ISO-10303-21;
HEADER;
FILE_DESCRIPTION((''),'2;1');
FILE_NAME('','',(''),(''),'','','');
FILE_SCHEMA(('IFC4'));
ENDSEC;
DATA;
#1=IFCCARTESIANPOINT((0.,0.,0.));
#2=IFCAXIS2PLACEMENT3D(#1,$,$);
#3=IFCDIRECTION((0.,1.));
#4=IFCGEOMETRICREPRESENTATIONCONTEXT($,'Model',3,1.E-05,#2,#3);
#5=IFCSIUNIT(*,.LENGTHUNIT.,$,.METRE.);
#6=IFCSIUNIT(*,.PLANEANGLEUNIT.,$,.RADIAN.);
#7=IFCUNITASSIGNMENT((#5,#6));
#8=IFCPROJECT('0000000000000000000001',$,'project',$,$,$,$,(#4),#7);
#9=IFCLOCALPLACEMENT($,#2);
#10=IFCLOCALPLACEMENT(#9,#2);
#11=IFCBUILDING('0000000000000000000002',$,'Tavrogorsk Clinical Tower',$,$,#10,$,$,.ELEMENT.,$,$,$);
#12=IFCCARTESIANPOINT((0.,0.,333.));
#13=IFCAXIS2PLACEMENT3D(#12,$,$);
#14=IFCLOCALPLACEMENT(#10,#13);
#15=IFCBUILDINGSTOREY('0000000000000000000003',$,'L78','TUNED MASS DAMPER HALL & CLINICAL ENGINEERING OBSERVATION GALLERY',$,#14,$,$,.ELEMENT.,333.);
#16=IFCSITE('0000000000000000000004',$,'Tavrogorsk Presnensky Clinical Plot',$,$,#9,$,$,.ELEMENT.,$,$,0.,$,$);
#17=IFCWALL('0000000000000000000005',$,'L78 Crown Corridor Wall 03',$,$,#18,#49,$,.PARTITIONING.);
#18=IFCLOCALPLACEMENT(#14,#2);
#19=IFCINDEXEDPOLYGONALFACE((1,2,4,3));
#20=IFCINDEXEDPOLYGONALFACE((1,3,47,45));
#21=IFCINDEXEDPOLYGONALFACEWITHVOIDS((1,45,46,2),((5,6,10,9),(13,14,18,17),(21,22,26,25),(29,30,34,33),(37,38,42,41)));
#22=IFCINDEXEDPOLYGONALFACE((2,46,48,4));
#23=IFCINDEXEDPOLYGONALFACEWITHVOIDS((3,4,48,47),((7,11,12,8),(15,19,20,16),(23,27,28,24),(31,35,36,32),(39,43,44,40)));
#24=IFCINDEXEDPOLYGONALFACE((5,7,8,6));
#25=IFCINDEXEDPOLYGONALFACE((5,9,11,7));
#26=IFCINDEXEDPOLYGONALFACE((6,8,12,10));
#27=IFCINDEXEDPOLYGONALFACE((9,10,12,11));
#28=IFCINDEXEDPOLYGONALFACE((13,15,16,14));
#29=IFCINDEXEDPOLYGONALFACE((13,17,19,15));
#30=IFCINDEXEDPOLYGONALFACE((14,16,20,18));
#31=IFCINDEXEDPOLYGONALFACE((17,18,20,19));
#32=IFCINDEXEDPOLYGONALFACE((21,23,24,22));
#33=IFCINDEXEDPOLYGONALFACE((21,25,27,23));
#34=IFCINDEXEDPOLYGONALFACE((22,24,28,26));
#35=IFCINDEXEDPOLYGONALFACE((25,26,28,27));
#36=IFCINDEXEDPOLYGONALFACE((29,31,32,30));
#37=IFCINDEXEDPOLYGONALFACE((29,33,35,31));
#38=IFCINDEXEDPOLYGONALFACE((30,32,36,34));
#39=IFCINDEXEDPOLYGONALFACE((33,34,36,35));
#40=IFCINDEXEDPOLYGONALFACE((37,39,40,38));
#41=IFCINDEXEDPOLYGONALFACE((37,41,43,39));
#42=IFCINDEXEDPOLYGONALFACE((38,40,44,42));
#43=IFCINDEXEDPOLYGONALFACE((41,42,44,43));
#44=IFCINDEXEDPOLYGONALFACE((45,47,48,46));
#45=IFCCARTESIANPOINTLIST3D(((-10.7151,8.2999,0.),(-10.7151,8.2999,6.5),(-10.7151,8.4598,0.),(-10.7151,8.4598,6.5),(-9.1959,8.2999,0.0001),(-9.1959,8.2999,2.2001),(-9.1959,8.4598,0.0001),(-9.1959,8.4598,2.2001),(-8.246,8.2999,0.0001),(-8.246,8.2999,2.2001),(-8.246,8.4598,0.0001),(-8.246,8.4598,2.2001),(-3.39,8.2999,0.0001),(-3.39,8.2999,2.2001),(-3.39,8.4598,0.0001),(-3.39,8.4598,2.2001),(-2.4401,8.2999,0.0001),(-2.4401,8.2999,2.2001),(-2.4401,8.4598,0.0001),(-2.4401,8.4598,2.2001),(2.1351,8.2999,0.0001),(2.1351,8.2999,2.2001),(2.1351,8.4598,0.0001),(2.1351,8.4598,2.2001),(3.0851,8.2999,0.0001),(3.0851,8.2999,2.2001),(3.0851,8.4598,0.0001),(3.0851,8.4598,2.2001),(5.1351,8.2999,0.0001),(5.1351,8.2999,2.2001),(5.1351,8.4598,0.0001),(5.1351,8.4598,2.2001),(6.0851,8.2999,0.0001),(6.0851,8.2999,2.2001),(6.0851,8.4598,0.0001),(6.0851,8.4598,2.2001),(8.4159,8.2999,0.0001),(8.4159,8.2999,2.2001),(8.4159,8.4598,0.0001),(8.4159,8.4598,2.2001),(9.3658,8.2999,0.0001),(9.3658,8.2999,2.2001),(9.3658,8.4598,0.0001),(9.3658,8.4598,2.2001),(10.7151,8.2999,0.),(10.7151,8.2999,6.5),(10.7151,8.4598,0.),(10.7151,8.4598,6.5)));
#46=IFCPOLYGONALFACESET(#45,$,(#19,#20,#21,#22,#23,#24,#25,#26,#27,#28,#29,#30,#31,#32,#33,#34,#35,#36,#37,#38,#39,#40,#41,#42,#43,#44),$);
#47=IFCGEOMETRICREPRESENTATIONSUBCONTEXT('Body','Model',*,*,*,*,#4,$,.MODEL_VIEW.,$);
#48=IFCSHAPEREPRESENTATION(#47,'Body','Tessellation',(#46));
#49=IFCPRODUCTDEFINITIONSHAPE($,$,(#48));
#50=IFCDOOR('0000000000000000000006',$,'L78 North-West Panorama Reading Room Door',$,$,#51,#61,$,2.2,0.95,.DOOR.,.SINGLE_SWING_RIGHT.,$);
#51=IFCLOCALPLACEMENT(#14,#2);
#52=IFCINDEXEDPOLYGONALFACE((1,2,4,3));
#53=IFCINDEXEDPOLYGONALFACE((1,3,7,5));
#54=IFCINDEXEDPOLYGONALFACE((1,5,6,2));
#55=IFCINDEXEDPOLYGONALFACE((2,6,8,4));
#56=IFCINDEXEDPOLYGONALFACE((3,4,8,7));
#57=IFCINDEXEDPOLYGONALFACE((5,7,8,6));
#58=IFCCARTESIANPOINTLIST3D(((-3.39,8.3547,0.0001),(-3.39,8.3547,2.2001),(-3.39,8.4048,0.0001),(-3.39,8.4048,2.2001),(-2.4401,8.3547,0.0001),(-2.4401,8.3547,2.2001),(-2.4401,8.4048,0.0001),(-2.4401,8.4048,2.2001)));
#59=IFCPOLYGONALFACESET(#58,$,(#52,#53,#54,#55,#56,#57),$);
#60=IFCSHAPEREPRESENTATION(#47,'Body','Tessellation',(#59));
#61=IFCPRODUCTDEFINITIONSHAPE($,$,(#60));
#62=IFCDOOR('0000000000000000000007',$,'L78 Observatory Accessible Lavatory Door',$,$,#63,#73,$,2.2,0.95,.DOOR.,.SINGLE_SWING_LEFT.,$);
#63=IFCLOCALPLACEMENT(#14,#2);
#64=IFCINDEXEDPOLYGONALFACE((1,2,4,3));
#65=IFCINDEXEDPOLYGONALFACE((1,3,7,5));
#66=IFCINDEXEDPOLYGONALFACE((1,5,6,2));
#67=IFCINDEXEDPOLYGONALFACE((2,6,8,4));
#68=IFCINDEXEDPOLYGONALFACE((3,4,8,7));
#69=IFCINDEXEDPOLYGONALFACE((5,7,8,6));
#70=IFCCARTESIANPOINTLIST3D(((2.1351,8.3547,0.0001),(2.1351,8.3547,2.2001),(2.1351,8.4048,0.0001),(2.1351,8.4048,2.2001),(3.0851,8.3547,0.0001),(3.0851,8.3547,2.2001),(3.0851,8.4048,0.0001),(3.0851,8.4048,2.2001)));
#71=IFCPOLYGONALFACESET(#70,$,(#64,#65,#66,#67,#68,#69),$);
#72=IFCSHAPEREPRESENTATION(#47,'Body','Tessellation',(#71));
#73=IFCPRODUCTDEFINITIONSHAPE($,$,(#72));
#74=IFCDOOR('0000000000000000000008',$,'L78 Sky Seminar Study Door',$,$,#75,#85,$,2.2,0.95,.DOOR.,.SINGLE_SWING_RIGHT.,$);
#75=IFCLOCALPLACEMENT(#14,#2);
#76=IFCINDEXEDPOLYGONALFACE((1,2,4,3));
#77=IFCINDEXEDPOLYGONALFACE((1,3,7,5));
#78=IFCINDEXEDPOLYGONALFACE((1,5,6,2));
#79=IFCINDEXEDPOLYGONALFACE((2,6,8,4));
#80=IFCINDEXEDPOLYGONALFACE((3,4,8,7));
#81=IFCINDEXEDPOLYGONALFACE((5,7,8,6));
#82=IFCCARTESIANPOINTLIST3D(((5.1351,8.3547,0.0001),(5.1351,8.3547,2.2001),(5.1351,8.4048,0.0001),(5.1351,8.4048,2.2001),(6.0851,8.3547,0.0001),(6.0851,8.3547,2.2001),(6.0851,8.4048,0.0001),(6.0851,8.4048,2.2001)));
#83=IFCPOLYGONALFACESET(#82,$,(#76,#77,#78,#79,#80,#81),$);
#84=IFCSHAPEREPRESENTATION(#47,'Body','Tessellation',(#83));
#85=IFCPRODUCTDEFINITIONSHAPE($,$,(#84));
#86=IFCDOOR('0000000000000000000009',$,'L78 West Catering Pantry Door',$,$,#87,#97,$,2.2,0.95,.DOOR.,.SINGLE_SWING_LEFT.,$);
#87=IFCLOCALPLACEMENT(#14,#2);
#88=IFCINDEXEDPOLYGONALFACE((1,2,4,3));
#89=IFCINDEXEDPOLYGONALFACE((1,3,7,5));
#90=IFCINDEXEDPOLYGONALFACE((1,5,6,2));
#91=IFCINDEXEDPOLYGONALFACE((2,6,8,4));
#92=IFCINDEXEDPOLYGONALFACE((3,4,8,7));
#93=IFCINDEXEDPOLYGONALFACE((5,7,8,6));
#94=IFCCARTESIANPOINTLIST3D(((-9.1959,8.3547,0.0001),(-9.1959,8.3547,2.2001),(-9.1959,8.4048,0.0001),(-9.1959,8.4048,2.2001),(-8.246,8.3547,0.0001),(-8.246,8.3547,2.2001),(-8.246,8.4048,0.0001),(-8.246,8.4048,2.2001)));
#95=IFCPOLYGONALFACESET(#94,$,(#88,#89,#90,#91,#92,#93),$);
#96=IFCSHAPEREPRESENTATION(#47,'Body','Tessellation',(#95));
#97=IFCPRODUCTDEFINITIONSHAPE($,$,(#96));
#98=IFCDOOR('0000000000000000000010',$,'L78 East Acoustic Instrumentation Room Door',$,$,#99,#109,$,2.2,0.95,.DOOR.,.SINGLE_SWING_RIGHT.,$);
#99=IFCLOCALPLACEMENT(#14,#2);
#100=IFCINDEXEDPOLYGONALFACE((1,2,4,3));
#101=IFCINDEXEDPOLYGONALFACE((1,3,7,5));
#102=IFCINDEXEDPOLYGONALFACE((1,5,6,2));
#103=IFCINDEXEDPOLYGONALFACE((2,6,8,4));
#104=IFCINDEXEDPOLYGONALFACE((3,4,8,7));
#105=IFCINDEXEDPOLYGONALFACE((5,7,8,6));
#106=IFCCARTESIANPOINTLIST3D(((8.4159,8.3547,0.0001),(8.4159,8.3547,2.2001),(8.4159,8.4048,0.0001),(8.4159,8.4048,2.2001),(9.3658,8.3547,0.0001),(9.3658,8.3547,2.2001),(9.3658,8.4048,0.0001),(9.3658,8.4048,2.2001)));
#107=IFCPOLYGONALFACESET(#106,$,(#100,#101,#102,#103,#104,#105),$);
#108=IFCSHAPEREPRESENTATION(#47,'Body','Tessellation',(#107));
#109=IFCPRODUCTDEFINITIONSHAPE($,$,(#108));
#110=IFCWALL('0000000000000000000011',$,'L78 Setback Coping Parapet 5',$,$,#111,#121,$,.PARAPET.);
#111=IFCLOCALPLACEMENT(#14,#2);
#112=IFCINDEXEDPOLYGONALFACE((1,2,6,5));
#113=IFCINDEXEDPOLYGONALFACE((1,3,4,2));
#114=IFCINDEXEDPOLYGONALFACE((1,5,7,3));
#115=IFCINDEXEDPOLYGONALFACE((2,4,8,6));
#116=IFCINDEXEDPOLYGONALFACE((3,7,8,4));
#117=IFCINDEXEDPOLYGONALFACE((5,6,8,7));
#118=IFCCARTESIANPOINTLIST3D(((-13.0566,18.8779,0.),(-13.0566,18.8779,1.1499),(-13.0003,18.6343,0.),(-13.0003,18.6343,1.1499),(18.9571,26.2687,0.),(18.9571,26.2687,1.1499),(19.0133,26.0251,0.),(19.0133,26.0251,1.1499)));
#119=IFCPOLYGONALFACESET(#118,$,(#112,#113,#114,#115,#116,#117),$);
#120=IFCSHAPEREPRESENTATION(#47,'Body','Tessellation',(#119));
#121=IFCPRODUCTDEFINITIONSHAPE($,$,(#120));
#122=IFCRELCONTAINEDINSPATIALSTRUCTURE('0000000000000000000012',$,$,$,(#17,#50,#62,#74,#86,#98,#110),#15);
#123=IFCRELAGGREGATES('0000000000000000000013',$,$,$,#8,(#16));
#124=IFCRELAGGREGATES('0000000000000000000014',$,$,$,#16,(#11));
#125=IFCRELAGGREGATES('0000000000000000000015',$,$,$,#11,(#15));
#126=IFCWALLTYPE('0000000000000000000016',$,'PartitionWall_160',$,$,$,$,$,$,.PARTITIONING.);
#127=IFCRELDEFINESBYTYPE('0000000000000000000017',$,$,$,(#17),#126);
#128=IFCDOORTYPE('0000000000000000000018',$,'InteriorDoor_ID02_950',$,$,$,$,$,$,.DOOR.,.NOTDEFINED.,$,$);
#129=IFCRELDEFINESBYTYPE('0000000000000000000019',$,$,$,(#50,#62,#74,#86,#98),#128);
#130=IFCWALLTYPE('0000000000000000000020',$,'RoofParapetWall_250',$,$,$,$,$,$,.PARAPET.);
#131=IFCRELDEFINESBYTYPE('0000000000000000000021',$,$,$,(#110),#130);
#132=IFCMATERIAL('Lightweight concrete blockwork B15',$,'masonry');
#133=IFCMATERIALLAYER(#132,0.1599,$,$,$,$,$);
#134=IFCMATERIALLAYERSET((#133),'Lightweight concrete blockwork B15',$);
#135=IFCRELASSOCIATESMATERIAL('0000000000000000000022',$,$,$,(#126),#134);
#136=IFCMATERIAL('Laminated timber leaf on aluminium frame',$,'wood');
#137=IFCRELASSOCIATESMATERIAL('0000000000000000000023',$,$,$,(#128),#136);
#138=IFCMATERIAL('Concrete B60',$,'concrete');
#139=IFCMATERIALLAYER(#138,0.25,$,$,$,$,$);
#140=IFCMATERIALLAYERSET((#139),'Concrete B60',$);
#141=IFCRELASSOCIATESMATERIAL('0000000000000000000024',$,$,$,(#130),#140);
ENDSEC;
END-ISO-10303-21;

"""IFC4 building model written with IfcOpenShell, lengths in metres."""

from ifc_helpers import new_model, si_unit, direction, frame, frame_2d, origin, place, context, subcontext, project, spatial, rectangle, extrude, material, layer, layer_set, type_object, element, fill, save


model = new_model("IFC4")

# Units and contexts
model_context = context("Model", 3, precision=1e-05, world=origin(), true_north=direction((0.0, 1.0)))
body_context = subcontext(model_context, "Body", "Model", "MODEL_VIEW")
ifc_project = project(units=[si_unit("LENGTHUNIT", "METRE"), si_unit("PLANEANGLEUNIT", "RADIAN")], contexts=[model_context])

# Site, building, storey
site_placement = place(None, origin())
site = spatial("IfcSite", under=ifc_project, at=site_placement, Name="Tavrogorsk Presnensky Clinical Plot", CompositionType="ELEMENT", RefElevation=0.0)
building_placement = place(site_placement, origin())
building = spatial("IfcBuilding", under=site, at=building_placement, Name="Tavrogorsk Clinical Tower", CompositionType="ELEMENT")
storey_placement = place(building_placement, frame((0.0, 0.0, 333.0)))
storey = spatial("IfcBuildingStorey", under=building, at=storey_placement, Name="L78", Description="TUNED MASS DAMPER HALL & CLINICAL ENGINEERING OBSERVATION GALLERY", CompositionType="ELEMENT", Elevation=333.0)

# Shared definitions
ifc_material_1 = material(Name="Lightweight concrete blockwork B15", Category="masonry")
ifc_layer_1 = layer(ifc_material_1, 0.1599)
ifc_layer_set_1 = layer_set([ifc_layer_1], Name="Lightweight concrete blockwork B15")
wall_type_1 = type_object("IfcWallType", Name="PartitionWall_160", PredefinedType="PARTITIONING", material=ifc_layer_set_1)

# Wall, openings, doors
wall_1_placement = place(storey_placement, frame((-10.7151, 8.3799, 0.0), z_axis=(0.0, 0.0, 1.0), x_axis=(1.0, 0.0, 0.0)))
wall_1 = element("IfcWall", 1, at=wall_1_placement, inside=storey, type_object=wall_type_1, Name="L78 Crown Corridor Wall 03", PredefinedType="PARTITIONING", context=body_context, shape_type="SweptSolid", body=[
    extrude(rectangle(XDim=21.4302, YDim=0.1599, at=frame_2d((10.7151, 0.0))), origin(), (0.0, 0.0, 1.0), 6.5),
])
opening_1_placement = place(wall_1_placement, frame((7.325, 0.0, 0.0)))
opening_1 = element("IfcOpeningElement", 2, at=opening_1_placement, cuts=wall_1, PredefinedType="OPENING", context=body_context, shape_type="SweptSolid", body=[
    extrude(rectangle(XDim=0.95, YDim=2.2, at=frame_2d((0.4751, 1.1001))), frame((0.0, 0.0898, 0.0), z_axis=(0.0, -1.0, 0.0), x_axis=(1.0, 0.0, 0.0)), (0.0, 0.0, 1.0), 0.1799),
])
opening_2_placement = place(wall_1_placement, frame((12.8501, 0.0, 0.0)))
opening_2 = element("IfcOpeningElement", 3, at=opening_2_placement, cuts=wall_1, PredefinedType="OPENING", context=body_context, shape_type="SweptSolid", body=[
    extrude(rectangle(XDim=0.95, YDim=2.2, at=frame_2d((0.4751, 1.1001))), frame((0.0, 0.0898, 0.0), z_axis=(0.0, -1.0, 0.0), x_axis=(1.0, 0.0, 0.0)), (0.0, 0.0, 1.0), 0.1799),
])
opening_3_placement = place(wall_1_placement, frame((15.8501, 0.0, 0.0)))
opening_3 = element("IfcOpeningElement", 4, at=opening_3_placement, cuts=wall_1, PredefinedType="OPENING", context=body_context, shape_type="SweptSolid", body=[
    extrude(rectangle(XDim=0.95, YDim=2.2, at=frame_2d((0.4751, 1.1001))), frame((0.0, 0.0898, 0.0), z_axis=(0.0, -1.0, 0.0), x_axis=(1.0, 0.0, 0.0)), (0.0, 0.0, 1.0), 0.1799),
])
opening_4_placement = place(wall_1_placement, frame((1.519, 0.0, 0.0)))
opening_4 = element("IfcOpeningElement", 5, at=opening_4_placement, cuts=wall_1, PredefinedType="OPENING", context=body_context, shape_type="SweptSolid", body=[
    extrude(rectangle(XDim=0.95, YDim=2.2, at=frame_2d((0.4751, 1.1001))), frame((0.0, 0.0898, 0.0), z_axis=(0.0, -1.0, 0.0), x_axis=(1.0, 0.0, 0.0)), (0.0, 0.0, 1.0), 0.1799),
])
opening_5_placement = place(wall_1_placement, frame((19.1309, 0.0, 0.0)))
opening_5 = element("IfcOpeningElement", 6, at=opening_5_placement, cuts=wall_1, PredefinedType="OPENING", context=body_context, shape_type="SweptSolid", body=[
    extrude(rectangle(XDim=0.95, YDim=2.2, at=frame_2d((0.4751, 1.1001))), frame((0.0, 0.0898, 0.0), z_axis=(0.0, -1.0, 0.0), x_axis=(1.0, 0.0, 0.0)), (0.0, 0.0, 1.0), 0.1799),
])
ifc_material_2 = material(Name="Laminated timber leaf on aluminium frame", Category="wood")
door_type = type_object("IfcDoorType", Name="InteriorDoor_ID02_950", OperationType="NOTDEFINED", PredefinedType="DOOR", material=ifc_material_2)
door_1_placement = place(opening_1_placement, origin())
door_1 = element("IfcDoor", 7, at=door_1_placement, inside=storey, type_object=door_type, Name="L78 North-West Panorama Reading Room Door", OperationType="SINGLE_SWING_RIGHT", OverallHeight=2.2, OverallWidth=0.95, PredefinedType="DOOR", context=body_context, shape_type="SweptSolid", body=[
    extrude(rectangle(XDim=0.95, YDim=2.2, at=frame_2d((0.4751, 1.1001))), frame((0.0, 0.0249, 0.0), z_axis=(0.0, -1.0, 0.0), x_axis=(1.0, 0.0, 0.0)), (0.0, 0.0, 1.0), 0.05),
])
fill(opening_1, door_1)
door_2_placement = place(opening_2_placement, origin())
door_2 = element("IfcDoor", 8, at=door_2_placement, inside=storey, type_object=door_type, Name="L78 Observatory Accessible Lavatory Door", OperationType="SINGLE_SWING_LEFT", OverallHeight=2.2, OverallWidth=0.95, PredefinedType="DOOR", context=body_context, shape_type="SweptSolid", body=[
    extrude(rectangle(XDim=0.95, YDim=2.2, at=frame_2d((0.4751, 1.1001))), frame((0.0, 0.0249, 0.0), z_axis=(0.0, -1.0, 0.0), x_axis=(1.0, 0.0, 0.0)), (0.0, 0.0, 1.0), 0.05),
])
fill(opening_2, door_2)
door_3_placement = place(opening_3_placement, origin())
door_3 = element("IfcDoor", 9, at=door_3_placement, inside=storey, type_object=door_type, Name="L78 Sky Seminar Study Door", OperationType="SINGLE_SWING_RIGHT", OverallHeight=2.2, OverallWidth=0.95, PredefinedType="DOOR", context=body_context, shape_type="SweptSolid", body=[
    extrude(rectangle(XDim=0.95, YDim=2.2, at=frame_2d((0.4751, 1.1001))), frame((0.0, 0.0249, 0.0), z_axis=(0.0, -1.0, 0.0), x_axis=(1.0, 0.0, 0.0)), (0.0, 0.0, 1.0), 0.05),
])
fill(opening_3, door_3)
door_4_placement = place(opening_4_placement, origin())
door_4 = element("IfcDoor", 10, at=door_4_placement, inside=storey, type_object=door_type, Name="L78 West Catering Pantry Door", OperationType="SINGLE_SWING_LEFT", OverallHeight=2.2, OverallWidth=0.95, PredefinedType="DOOR", context=body_context, shape_type="SweptSolid", body=[
    extrude(rectangle(XDim=0.95, YDim=2.2, at=frame_2d((0.4751, 1.1001))), frame((0.0, 0.0249, 0.0), z_axis=(0.0, -1.0, 0.0), x_axis=(1.0, 0.0, 0.0)), (0.0, 0.0, 1.0), 0.05),
])
fill(opening_4, door_4)
door_5_placement = place(opening_5_placement, origin())
door_5 = element("IfcDoor", 11, at=door_5_placement, inside=storey, type_object=door_type, Name="L78 East Acoustic Instrumentation Room Door", OperationType="SINGLE_SWING_RIGHT", OverallHeight=2.2, OverallWidth=0.95, PredefinedType="DOOR", context=body_context, shape_type="SweptSolid", body=[
    extrude(rectangle(XDim=0.95, YDim=2.2, at=frame_2d((0.4751, 1.1001))), frame((0.0, 0.0249, 0.0), z_axis=(0.0, -1.0, 0.0), x_axis=(1.0, 0.0, 0.0)), (0.0, 0.0, 1.0), 0.05),
])
fill(opening_5, door_5)

# Wall
ifc_material_3 = material(Name="Concrete B60", Category="concrete")
ifc_layer_2 = layer(ifc_material_3, 0.25)
ifc_layer_set_2 = layer_set([ifc_layer_2], Name="Concrete B60")
wall_type_2 = type_object("IfcWallType", Name="RoofParapetWall_250", PredefinedType="PARAPET", material=ifc_layer_set_2)
wall_2_placement = place(storey_placement, frame((-13.0283, 18.7561, 0.0), z_axis=(0.0, 0.0, 1.0), x_axis=(0.974371, 0.224949, 0.0)))
element("IfcWall", 12, at=wall_2_placement, inside=storey, type_object=wall_type_2, Name="L78 Setback Coping Parapet 5", PredefinedType="PARAPET", context=body_context, shape_type="SweptSolid", body=[
    extrude(rectangle(XDim=32.8557, YDim=0.25, at=frame_2d((16.4277, 0.0))), origin(), (0.0, 0.0, 1.0), 1.1499),
])

save(model, "model.ifc")
